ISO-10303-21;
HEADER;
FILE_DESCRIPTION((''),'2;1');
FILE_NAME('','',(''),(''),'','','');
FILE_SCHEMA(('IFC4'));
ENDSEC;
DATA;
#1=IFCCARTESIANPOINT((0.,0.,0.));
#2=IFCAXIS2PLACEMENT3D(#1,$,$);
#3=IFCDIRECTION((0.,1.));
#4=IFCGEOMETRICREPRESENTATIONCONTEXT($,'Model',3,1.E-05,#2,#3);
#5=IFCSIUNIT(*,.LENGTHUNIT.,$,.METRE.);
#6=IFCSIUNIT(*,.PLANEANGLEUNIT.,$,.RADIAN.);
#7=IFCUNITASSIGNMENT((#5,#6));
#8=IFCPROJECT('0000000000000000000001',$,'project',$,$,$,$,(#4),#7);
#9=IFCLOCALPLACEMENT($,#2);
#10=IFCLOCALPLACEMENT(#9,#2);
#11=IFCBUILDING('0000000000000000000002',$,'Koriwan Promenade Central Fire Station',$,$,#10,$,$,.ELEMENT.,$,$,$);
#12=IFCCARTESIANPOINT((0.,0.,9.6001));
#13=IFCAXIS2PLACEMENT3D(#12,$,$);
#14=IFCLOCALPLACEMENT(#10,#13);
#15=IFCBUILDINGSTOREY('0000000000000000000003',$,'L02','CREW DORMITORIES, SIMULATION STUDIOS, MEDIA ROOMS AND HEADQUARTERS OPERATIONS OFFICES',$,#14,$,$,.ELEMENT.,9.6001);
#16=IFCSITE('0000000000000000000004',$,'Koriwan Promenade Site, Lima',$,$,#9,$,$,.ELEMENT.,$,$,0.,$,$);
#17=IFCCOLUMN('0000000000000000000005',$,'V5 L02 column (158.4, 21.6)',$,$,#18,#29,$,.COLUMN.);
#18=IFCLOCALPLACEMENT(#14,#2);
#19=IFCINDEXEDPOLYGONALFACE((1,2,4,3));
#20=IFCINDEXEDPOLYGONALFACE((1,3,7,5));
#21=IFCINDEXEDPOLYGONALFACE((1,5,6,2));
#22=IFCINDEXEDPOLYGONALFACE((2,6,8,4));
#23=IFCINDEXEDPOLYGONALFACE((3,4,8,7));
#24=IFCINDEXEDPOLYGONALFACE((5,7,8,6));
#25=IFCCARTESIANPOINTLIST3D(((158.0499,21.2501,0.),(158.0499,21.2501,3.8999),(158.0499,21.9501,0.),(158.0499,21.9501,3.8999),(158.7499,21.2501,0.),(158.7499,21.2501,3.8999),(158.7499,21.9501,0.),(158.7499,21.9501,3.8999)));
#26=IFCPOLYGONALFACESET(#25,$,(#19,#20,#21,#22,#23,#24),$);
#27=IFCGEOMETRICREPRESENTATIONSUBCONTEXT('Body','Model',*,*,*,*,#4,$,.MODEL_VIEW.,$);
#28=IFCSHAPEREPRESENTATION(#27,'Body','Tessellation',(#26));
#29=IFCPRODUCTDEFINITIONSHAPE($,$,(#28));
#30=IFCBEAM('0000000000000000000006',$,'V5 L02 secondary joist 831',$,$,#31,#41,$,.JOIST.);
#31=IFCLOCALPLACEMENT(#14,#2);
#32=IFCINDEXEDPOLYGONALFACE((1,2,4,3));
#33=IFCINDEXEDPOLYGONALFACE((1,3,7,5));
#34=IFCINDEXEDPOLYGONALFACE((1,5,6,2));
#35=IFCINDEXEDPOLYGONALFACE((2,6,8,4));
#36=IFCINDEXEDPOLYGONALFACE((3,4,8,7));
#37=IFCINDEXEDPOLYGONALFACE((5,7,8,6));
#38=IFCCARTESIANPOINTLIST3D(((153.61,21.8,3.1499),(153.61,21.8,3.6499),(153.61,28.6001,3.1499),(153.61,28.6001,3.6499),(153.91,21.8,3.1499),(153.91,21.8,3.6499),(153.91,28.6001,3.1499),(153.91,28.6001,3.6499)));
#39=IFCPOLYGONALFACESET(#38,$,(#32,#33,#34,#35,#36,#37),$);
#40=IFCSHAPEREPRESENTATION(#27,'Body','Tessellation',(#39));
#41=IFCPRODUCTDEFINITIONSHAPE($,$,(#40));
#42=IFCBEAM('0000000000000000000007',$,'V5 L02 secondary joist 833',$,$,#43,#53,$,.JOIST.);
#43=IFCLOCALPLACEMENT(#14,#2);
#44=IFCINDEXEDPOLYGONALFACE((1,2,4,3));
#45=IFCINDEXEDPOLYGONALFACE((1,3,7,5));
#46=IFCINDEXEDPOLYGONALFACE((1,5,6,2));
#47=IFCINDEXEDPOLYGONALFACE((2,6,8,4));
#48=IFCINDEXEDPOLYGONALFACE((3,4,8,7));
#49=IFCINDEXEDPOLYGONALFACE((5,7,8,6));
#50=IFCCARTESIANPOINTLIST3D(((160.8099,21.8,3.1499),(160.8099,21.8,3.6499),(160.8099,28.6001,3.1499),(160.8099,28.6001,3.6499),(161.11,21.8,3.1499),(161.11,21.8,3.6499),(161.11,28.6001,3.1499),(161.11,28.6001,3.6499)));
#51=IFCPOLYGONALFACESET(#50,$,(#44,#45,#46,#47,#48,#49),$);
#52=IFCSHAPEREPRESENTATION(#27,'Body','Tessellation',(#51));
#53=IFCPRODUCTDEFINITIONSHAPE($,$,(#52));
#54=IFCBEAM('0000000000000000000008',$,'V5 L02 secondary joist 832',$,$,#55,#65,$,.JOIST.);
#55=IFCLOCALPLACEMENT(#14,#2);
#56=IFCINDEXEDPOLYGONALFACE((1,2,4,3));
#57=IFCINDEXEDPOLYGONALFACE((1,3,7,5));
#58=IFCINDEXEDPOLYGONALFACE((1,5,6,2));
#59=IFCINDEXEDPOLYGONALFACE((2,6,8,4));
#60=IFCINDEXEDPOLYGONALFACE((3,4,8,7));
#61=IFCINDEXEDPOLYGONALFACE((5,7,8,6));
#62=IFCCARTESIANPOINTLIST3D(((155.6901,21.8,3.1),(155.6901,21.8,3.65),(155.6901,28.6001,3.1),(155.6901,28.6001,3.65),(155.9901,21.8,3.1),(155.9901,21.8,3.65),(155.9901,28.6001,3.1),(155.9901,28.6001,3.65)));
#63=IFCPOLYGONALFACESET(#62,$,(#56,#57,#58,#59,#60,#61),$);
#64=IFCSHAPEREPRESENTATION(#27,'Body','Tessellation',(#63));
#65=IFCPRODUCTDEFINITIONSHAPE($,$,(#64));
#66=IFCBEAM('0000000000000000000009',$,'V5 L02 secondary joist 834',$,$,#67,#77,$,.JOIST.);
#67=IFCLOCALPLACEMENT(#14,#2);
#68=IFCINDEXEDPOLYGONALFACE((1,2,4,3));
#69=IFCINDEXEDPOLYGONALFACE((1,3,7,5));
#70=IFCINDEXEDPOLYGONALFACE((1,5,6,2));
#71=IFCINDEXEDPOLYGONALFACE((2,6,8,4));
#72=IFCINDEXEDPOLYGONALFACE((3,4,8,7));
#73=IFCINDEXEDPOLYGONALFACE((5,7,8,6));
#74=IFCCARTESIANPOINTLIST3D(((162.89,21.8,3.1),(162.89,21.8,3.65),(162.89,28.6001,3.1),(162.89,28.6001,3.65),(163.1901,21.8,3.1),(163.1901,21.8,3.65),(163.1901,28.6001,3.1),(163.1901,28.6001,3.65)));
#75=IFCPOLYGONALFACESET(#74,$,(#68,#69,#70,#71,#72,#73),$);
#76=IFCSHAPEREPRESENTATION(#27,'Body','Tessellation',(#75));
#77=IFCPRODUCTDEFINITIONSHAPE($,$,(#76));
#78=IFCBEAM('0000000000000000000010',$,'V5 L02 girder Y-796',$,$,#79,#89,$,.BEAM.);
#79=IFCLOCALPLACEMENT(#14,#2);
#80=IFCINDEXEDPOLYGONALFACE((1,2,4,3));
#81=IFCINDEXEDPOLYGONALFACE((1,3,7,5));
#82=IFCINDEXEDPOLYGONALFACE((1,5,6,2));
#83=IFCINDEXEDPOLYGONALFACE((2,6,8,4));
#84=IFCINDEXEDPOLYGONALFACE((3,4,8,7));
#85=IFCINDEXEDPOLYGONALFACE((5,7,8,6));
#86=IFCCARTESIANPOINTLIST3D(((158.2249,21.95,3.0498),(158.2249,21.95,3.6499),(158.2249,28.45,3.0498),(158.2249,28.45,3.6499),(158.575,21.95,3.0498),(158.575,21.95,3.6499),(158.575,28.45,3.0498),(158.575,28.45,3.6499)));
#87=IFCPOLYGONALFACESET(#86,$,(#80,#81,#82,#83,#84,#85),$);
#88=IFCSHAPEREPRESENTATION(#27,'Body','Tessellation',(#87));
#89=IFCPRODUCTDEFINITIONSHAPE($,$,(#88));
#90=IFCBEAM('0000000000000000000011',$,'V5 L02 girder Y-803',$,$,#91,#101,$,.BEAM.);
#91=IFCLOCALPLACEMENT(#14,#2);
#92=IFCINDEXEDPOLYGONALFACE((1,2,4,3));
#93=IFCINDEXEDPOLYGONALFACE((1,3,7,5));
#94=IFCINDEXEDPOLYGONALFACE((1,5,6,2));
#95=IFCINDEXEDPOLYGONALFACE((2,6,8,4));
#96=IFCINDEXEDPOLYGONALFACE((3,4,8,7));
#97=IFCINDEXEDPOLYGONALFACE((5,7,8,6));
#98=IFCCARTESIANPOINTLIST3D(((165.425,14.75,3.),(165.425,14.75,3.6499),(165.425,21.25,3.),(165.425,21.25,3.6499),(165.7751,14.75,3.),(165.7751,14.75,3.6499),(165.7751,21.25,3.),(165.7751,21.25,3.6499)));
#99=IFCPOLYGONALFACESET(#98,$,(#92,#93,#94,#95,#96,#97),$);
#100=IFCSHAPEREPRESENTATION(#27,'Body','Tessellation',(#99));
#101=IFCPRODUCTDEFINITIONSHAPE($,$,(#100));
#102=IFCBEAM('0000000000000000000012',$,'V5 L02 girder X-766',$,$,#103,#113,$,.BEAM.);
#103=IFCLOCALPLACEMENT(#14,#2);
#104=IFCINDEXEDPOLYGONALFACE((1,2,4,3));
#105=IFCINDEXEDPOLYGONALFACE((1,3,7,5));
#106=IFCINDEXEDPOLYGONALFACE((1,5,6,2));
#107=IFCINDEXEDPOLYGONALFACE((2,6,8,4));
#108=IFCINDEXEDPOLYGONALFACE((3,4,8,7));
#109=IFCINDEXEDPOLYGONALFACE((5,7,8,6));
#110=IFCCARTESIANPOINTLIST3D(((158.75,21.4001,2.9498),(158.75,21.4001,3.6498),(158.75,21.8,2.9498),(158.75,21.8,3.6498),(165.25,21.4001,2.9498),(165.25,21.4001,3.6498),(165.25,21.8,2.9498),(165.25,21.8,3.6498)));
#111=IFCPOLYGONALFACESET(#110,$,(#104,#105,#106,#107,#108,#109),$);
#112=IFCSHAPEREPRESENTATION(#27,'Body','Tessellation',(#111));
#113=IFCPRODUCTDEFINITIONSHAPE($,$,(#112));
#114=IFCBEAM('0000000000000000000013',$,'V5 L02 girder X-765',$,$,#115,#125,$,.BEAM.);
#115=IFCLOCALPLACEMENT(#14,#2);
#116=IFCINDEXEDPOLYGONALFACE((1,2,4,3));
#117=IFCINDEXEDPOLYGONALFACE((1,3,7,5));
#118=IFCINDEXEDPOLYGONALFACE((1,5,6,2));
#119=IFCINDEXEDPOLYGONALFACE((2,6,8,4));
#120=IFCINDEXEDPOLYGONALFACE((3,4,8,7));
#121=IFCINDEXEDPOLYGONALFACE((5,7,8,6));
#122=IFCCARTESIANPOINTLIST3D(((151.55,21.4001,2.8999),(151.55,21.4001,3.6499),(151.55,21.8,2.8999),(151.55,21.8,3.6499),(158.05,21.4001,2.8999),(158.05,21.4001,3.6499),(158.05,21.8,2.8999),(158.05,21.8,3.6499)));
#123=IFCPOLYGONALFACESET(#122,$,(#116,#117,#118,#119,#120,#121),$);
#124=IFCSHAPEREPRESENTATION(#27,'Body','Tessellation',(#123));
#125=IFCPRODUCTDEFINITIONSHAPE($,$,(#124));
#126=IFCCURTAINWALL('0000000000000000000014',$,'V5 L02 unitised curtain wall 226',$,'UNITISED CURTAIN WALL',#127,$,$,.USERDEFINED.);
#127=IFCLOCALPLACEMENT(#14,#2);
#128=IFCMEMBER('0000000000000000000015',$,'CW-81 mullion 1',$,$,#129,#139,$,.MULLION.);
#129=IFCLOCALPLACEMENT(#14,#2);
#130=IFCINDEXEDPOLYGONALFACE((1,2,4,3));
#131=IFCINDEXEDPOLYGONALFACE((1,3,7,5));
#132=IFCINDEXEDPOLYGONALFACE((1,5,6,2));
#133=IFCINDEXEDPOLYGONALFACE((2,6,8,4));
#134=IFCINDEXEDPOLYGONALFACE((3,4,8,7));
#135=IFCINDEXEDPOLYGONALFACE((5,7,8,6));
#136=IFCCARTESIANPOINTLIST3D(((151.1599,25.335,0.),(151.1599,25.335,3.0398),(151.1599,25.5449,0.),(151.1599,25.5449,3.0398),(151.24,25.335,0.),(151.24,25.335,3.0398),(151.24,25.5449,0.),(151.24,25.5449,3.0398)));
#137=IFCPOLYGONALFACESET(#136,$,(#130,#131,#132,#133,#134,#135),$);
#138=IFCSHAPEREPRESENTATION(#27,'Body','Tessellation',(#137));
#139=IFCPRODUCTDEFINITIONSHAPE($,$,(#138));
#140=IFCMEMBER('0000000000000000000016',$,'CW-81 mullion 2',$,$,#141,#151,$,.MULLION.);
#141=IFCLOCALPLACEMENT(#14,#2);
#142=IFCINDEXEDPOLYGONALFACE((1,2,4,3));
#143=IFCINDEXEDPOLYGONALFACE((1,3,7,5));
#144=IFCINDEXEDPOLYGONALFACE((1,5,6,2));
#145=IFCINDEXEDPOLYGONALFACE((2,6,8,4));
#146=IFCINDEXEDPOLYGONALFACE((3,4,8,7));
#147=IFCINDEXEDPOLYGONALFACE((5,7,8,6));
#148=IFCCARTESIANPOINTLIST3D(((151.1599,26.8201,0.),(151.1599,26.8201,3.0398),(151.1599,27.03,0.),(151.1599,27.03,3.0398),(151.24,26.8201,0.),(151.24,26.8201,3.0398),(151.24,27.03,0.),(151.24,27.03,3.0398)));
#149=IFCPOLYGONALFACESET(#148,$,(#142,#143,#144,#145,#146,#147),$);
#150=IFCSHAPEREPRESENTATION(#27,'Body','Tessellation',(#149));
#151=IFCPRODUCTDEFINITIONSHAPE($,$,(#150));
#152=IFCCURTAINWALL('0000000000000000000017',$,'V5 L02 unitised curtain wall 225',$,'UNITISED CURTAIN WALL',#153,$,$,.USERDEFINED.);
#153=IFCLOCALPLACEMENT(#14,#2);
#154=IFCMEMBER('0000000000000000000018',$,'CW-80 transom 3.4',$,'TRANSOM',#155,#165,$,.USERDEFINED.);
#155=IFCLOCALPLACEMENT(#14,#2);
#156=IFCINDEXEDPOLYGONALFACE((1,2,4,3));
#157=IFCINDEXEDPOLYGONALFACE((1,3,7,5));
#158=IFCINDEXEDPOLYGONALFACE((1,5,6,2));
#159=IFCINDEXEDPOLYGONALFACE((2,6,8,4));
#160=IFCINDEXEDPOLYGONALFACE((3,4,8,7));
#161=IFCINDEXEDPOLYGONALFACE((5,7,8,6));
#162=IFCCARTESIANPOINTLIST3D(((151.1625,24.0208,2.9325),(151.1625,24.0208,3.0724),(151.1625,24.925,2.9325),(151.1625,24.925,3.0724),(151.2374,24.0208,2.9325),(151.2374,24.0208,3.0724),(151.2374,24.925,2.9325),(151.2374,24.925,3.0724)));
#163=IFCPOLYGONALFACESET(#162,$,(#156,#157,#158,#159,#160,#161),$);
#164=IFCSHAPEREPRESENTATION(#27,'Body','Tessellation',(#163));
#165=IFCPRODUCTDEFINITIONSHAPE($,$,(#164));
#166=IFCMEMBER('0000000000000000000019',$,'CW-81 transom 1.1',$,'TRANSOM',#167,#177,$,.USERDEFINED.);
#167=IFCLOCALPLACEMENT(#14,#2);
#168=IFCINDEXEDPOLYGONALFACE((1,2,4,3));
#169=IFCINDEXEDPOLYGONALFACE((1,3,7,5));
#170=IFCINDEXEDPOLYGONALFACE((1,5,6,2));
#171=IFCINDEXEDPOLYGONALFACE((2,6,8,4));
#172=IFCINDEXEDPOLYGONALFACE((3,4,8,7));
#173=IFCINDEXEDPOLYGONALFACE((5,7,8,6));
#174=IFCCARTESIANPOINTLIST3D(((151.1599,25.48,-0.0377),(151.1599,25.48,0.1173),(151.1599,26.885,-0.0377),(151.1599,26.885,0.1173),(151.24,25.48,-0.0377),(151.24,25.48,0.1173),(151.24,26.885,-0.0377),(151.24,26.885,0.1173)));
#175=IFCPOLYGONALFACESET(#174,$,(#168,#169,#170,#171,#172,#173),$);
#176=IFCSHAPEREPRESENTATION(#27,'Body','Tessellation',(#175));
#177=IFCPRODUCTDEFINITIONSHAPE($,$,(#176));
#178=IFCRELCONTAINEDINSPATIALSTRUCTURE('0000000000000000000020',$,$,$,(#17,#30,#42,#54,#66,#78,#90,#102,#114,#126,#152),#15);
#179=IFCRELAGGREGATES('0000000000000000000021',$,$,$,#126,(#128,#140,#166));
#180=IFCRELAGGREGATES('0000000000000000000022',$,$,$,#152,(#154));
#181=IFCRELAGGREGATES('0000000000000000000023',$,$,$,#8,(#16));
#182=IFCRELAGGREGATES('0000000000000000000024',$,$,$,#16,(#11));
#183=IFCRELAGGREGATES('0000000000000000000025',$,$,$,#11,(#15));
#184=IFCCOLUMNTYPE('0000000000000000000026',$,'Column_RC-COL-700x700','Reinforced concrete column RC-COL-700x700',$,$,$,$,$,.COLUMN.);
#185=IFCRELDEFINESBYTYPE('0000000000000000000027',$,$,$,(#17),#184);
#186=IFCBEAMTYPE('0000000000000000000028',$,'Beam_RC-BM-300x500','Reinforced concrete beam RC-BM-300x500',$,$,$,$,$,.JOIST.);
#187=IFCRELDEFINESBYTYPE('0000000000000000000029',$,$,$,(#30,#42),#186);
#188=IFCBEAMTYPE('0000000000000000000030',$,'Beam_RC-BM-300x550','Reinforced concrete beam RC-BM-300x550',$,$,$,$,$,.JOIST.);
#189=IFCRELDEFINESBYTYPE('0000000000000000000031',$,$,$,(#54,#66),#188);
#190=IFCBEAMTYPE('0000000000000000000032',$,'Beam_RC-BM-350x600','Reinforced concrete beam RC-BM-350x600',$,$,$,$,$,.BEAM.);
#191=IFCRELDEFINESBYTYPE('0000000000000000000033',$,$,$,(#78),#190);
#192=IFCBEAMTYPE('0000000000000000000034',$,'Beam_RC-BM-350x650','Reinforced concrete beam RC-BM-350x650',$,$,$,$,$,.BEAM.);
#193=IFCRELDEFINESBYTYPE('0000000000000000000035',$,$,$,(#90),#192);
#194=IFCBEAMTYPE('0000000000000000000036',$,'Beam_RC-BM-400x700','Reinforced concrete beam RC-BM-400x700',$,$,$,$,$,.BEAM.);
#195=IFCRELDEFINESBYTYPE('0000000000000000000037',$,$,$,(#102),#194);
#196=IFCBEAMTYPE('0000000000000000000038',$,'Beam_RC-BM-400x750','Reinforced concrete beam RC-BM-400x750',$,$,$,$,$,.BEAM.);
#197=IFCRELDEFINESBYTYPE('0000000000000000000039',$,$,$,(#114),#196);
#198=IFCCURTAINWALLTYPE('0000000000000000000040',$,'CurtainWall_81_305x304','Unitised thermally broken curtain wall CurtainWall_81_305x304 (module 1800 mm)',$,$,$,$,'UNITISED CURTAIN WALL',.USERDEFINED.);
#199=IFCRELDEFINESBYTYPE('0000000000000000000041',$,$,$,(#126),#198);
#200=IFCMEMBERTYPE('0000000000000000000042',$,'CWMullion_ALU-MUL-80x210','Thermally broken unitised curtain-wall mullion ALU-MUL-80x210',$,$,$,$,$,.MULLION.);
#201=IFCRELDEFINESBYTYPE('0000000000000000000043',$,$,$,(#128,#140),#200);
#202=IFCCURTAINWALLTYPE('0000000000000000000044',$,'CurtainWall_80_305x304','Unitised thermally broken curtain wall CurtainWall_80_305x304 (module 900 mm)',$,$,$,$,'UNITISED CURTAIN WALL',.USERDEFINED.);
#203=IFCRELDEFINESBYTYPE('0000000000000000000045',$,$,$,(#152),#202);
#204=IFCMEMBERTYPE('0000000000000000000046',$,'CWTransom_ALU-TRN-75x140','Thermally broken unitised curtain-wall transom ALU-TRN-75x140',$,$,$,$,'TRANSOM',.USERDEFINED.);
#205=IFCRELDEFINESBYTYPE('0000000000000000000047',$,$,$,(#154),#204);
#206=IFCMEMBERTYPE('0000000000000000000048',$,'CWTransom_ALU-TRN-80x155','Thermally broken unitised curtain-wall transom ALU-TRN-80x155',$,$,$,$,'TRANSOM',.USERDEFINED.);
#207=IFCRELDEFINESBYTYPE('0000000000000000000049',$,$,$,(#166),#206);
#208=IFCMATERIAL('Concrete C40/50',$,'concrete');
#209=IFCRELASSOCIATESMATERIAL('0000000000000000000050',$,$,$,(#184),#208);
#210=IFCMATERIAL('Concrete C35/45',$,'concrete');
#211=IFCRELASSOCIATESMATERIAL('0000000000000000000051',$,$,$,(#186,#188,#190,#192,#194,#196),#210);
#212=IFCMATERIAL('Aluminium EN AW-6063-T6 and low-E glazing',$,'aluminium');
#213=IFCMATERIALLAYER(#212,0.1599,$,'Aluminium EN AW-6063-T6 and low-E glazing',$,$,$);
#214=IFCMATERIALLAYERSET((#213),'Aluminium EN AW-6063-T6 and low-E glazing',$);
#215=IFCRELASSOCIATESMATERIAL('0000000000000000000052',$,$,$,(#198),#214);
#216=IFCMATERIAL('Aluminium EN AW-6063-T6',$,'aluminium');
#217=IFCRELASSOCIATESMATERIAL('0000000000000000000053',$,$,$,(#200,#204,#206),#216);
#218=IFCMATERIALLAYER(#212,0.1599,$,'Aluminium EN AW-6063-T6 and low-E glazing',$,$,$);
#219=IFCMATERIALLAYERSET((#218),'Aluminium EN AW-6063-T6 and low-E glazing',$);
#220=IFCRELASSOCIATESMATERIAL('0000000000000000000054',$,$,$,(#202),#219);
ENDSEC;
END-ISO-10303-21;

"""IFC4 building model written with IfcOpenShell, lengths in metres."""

from ifc_helpers import new_model, si_unit, direction, frame, origin, origin_2d, place, context, subcontext, project, spatial, rectangle, extrude, material, layer, layer_set, material_profile, profile_set, type_object, element, aggregate, save


model = new_model("IFC4")

# Units and contexts
model_context = context("Model", 3, precision=1e-05, world=origin(), true_north=direction((0.0, 1.0)))
body_context = subcontext(model_context, "Body", "Model", "MODEL_VIEW")
ifc_project = project(units=[si_unit("LENGTHUNIT", "METRE"), si_unit("PLANEANGLEUNIT", "RADIAN")], contexts=[model_context])

# Site, building, storey
site_placement = place(None, origin())
site = spatial("IfcSite", under=ifc_project, at=site_placement, Name="Koriwan Promenade Site, Lima", CompositionType="ELEMENT", RefElevation=0.0)
building_placement = place(site_placement, origin())
building = spatial("IfcBuilding", under=site, at=building_placement, Name="Koriwan Promenade Central Fire Station", CompositionType="ELEMENT")
storey_placement = place(building_placement, frame((0.0, 0.0, 9.6001)))
storey = spatial("IfcBuildingStorey", under=building, at=storey_placement, Name="L02", Description="CREW DORMITORIES, SIMULATION STUDIOS, MEDIA ROOMS AND HEADQUARTERS OPERATIONS OFFICES", CompositionType="ELEMENT", Elevation=9.6001)

# Column
ifc_material_1 = material(Name="Concrete C40/50", Category="concrete")
ifc_material_profile_1 = material_profile(ifc_material_1, rectangle(XDim=0.7, YDim=0.7, at=origin_2d()), Name="RC-COL-700x700")
ifc_profile_set_1 = profile_set([ifc_material_profile_1], Name="Concrete C40/50")
column_type = type_object("IfcColumnType", Name="Column_RC-COL-700x700", Description="Reinforced concrete column RC-COL-700x700", PredefinedType="COLUMN", material=ifc_profile_set_1)
column_placement = place(storey_placement, frame((158.3999, 21.6001, 0.0), z_axis=(0.0, 0.0, 1.0), x_axis=(1.0, 0.0, 0.0)))
element("IfcColumn", 1, at=column_placement, inside=storey, type_object=column_type, Name="V5 L02 column (158.4, 21.6)", PredefinedType="COLUMN", context=body_context, shape_type="SweptSolid", body=[
    extrude(rectangle(XDim=0.7, YDim=0.7, at=origin_2d()), origin(), (0.0, 0.0, 1.0), 3.8999),
])

# Beams
ifc_material_2 = material(Name="Concrete C35/45", Category="concrete")
ifc_material_profile_2 = material_profile(ifc_material_2, rectangle(XDim=0.3, YDim=0.5, at=origin_2d()), Name="RC-BM-300x500")
ifc_profile_set_2 = profile_set([ifc_material_profile_2], Name="Concrete C35/45")
beam_type_1 = type_object("IfcBeamType", Name="Beam_RC-BM-300x500", Description="Reinforced concrete beam RC-BM-300x500", PredefinedType="JOIST", material=ifc_profile_set_2)
for number, where, z_axis, x_axis, name in (
    (2, (153.76, 21.8, 3.3999), (0.0, 1.0, 0.0), (-1.0, 0.0, 0.0), "V5 L02 secondary joist 831"),
    (3, (160.96, 21.8, 3.3999), (0.0, 1.0, 0.0), (-1.0, 0.0, 0.0), "V5 L02 secondary joist 833"),
):
    element("IfcBeam", number, at=place(storey_placement, frame(where, z_axis=z_axis, x_axis=x_axis)), inside=storey, type_object=beam_type_1, Name=name, PredefinedType="JOIST", context=body_context, shape_type="SweptSolid", body=[
        extrude(rectangle(XDim=0.3, YDim=0.5, at=origin_2d()), origin(), (0.0, 0.0, 1.0), 6.8),
    ])
ifc_material_profile_3 = material_profile(ifc_material_2, rectangle(XDim=0.3, YDim=0.55, at=origin_2d()), Name="RC-BM-300x550")
ifc_profile_set_3 = profile_set([ifc_material_profile_3], Name="Concrete C35/45")
beam_type_2 = type_object("IfcBeamType", Name="Beam_RC-BM-300x550", Description="Reinforced concrete beam RC-BM-300x550", PredefinedType="JOIST", material=ifc_profile_set_3)
for number, where, z_axis, x_axis, name in (
    (4, (155.8401, 21.8, 3.375), (0.0, 1.0, 0.0), (-1.0, 0.0, 0.0), "V5 L02 secondary joist 832"),
    (5, (163.04, 21.8, 3.375), (0.0, 1.0, 0.0), (-1.0, 0.0, 0.0), "V5 L02 secondary joist 834"),
):
    element("IfcBeam", number, at=place(storey_placement, frame(where, z_axis=z_axis, x_axis=x_axis)), inside=storey, type_object=beam_type_2, Name=name, PredefinedType="JOIST", context=body_context, shape_type="SweptSolid", body=[
        extrude(rectangle(XDim=0.3, YDim=0.55, at=origin_2d()), origin(), (0.0, 0.0, 1.0), 6.8),
    ])
ifc_material_profile_4 = material_profile(ifc_material_2, rectangle(XDim=0.3501, YDim=0.6001, at=origin_2d()), Name="RC-BM-350x600")
ifc_profile_set_4 = profile_set([ifc_material_profile_4], Name="Concrete C35/45")
beam_type_3 = type_object("IfcBeamType", Name="Beam_RC-BM-350x600", Description="Reinforced concrete beam RC-BM-350x600", PredefinedType="BEAM", material=ifc_profile_set_4)
beam_1_placement = place(storey_placement, frame((158.3999, 21.95, 3.3499), z_axis=(0.0, 1.0, 0.0), x_axis=(-1.0, 0.0, 0.0)))
element("IfcBeam", 6, at=beam_1_placement, inside=storey, type_object=beam_type_3, Name="V5 L02 girder Y-796", PredefinedType="BEAM", context=body_context, shape_type="SweptSolid", body=[
    extrude(rectangle(XDim=0.3501, YDim=0.6001, at=origin_2d()), origin(), (0.0, 0.0, 1.0), 6.5),
])
ifc_material_profile_5 = material_profile(ifc_material_2, rectangle(XDim=0.3501, YDim=0.6499, at=origin_2d()), Name="RC-BM-350x650")
ifc_profile_set_5 = profile_set([ifc_material_profile_5], Name="Concrete C35/45")
beam_type_4 = type_object("IfcBeamType", Name="Beam_RC-BM-350x650", Description="Reinforced concrete beam RC-BM-350x650", PredefinedType="BEAM", material=ifc_profile_set_5)
beam_2_placement = place(storey_placement, frame((165.6001, 14.75, 3.325), z_axis=(0.0, 1.0, 0.0), x_axis=(-1.0, 0.0, 0.0)))
element("IfcBeam", 7, at=beam_2_placement, inside=storey, type_object=beam_type_4, Name="V5 L02 girder Y-803", PredefinedType="BEAM", context=body_context, shape_type="SweptSolid", body=[
    extrude(rectangle(XDim=0.3501, YDim=0.6499, at=origin_2d()), origin(), (0.0, 0.0, 1.0), 6.5),
])
ifc_material_profile_6 = material_profile(ifc_material_2, rectangle(XDim=0.3999, YDim=0.7, at=origin_2d()), Name="RC-BM-400x700")
ifc_profile_set_6 = profile_set([ifc_material_profile_6], Name="Concrete C35/45")
beam_type_5 = type_object("IfcBeamType", Name="Beam_RC-BM-400x700", Description="Reinforced concrete beam RC-BM-400x700", PredefinedType="BEAM", material=ifc_profile_set_6)
beam_3_placement = place(storey_placement, frame((158.75, 21.6001, 3.2998), z_axis=(1.0, 0.0, 0.0), x_axis=(0.0, 1.0, 0.0)))
element("IfcBeam", 8, at=beam_3_placement, inside=storey, type_object=beam_type_5, Name="V5 L02 girder X-766", PredefinedType="BEAM", context=body_context, shape_type="SweptSolid", body=[
    extrude(rectangle(XDim=0.3999, YDim=0.7, at=origin_2d()), origin(), (0.0, 0.0, 1.0), 6.5),
])
ifc_material_profile_7 = material_profile(ifc_material_2, rectangle(XDim=0.3999, YDim=0.75, at=origin_2d()), Name="RC-BM-400x750")
ifc_profile_set_7 = profile_set([ifc_material_profile_7], Name="Concrete C35/45")
beam_type_6 = type_object("IfcBeamType", Name="Beam_RC-BM-400x750", Description="Reinforced concrete beam RC-BM-400x750", PredefinedType="BEAM", material=ifc_profile_set_7)
beam_4_placement = place(storey_placement, frame((151.55, 21.6001, 3.2749), z_axis=(1.0, 0.0, 0.0), x_axis=(0.0, 1.0, 0.0)))
element("IfcBeam", 9, at=beam_4_placement, inside=storey, type_object=beam_type_6, Name="V5 L02 girder X-765", PredefinedType="BEAM", context=body_context, shape_type="SweptSolid", body=[
    extrude(rectangle(XDim=0.3999, YDim=0.75, at=origin_2d()), origin(), (0.0, 0.0, 1.0), 6.5),
])

# Curtain wall, members
ifc_material_3 = material(Name="Aluminium EN AW-6063-T6 and low-E glazing", Category="aluminium")
ifc_layer_1 = layer(ifc_material_3, 0.1599, Name="Aluminium EN AW-6063-T6 and low-E glazing")
ifc_layer_set_1 = layer_set([ifc_layer_1], Name="Aluminium EN AW-6063-T6 and low-E glazing")
curtain_wall_type_1 = type_object("IfcCurtainWallType", Name="CurtainWall_81_305x304", Description="Unitised thermally broken curtain wall CurtainWall_81_305x304 (module 1800 mm)", ElementType="UNITISED CURTAIN WALL", PredefinedType="USERDEFINED", material=ifc_layer_set_1)
curtain_wall_1_placement = place(storey_placement, origin())
curtain_wall_1 = element("IfcCurtainWall", 10, at=curtain_wall_1_placement, inside=storey, type_object=curtain_wall_type_1, Name="V5 L02 unitised curtain wall 226", ObjectType="UNITISED CURTAIN WALL", PredefinedType="USERDEFINED")
ifc_material_4 = material(Name="Aluminium EN AW-6063-T6", Category="aluminium")
ifc_material_profile_8 = material_profile(ifc_material_4, rectangle(XDim=0.0801, YDim=0.21, at=origin_2d()), Name="ALU-MUL-80x210")
ifc_profile_set_8 = profile_set([ifc_material_profile_8], Name="Aluminium EN AW-6063-T6")
member_type_1 = type_object("IfcMemberType", Name="CWMullion_ALU-MUL-80x210", Description="Thermally broken unitised curtain-wall mullion ALU-MUL-80x210", PredefinedType="MULLION", material=ifc_profile_set_8)
member_1_placement = place(storey_placement, frame((151.2, 25.4399, 0.0), z_axis=(0.0, 0.0, 1.0), x_axis=(-1.0, 0.0, 0.0)))
member_1 = element("IfcMember", 11, at=member_1_placement, type_object=member_type_1, Name="CW-81 mullion 1", PredefinedType="MULLION", context=body_context, shape_type="SweptSolid", body=[
    extrude(rectangle(XDim=0.0801, YDim=0.21, at=origin_2d()), origin(), (0.0, 0.0, 1.0), 3.0398),
])
member_2_placement = place(storey_placement, frame((151.2, 26.925, 0.0), z_axis=(0.0, 0.0, 1.0), x_axis=(-1.0, 0.0, 0.0)))
member_2 = element("IfcMember", 12, at=member_2_placement, type_object=member_type_1, Name="CW-81 mullion 2", PredefinedType="MULLION", context=body_context, shape_type="SweptSolid", body=[
    extrude(rectangle(XDim=0.0801, YDim=0.21, at=origin_2d()), origin(), (0.0, 0.0, 1.0), 3.0398),
])

# Curtain wall, member
ifc_layer_2 = layer(ifc_material_3, 0.1599, Name="Aluminium EN AW-6063-T6 and low-E glazing")
ifc_layer_set_2 = layer_set([ifc_layer_2], Name="Aluminium EN AW-6063-T6 and low-E glazing")
curtain_wall_type_2 = type_object("IfcCurtainWallType", Name="CurtainWall_80_305x304", Description="Unitised thermally broken curtain wall CurtainWall_80_305x304 (module 900 mm)", ElementType="UNITISED CURTAIN WALL", PredefinedType="USERDEFINED", material=ifc_layer_set_2)
curtain_wall_2_placement = place(storey_placement, origin())
curtain_wall_2 = element("IfcCurtainWall", 13, at=curtain_wall_2_placement, inside=storey, type_object=curtain_wall_type_2, Name="V5 L02 unitised curtain wall 225", ObjectType="UNITISED CURTAIN WALL", PredefinedType="USERDEFINED")
ifc_material_profile_9 = material_profile(ifc_material_4, rectangle(XDim=0.075, YDim=0.1399, at=origin_2d()), Name="ALU-TRN-75x140")
ifc_profile_set_9 = profile_set([ifc_material_profile_9], Name="Aluminium EN AW-6063-T6")
member_type_2 = type_object("IfcMemberType", Name="CWTransom_ALU-TRN-75x140", Description="Thermally broken unitised curtain-wall transom ALU-TRN-75x140", ElementType="TRANSOM", PredefinedType="USERDEFINED", material=ifc_profile_set_9)
member_3_placement = place(storey_placement, frame((151.2, 24.0208, 3.0024), z_axis=(0.0, 1.0, 0.0), x_axis=(-1.0, 0.0, 0.0)))
member_3 = element("IfcMember", 14, at=member_3_placement, type_object=member_type_2, Name="CW-80 transom 3.4", ObjectType="TRANSOM", PredefinedType="USERDEFINED", context=body_context, shape_type="SweptSolid", body=[
    extrude(rectangle(XDim=0.075, YDim=0.1399, at=origin_2d()), origin(), (0.0, 0.0, 1.0), 0.9043),
])

# Member
ifc_material_profile_10 = material_profile(ifc_material_4, rectangle(XDim=0.0801, YDim=0.155, at=origin_2d()), Name="ALU-TRN-80x155")
ifc_profile_set_10 = profile_set([ifc_material_profile_10], Name="Aluminium EN AW-6063-T6")
member_type_3 = type_object("IfcMemberType", Name="CWTransom_ALU-TRN-80x155", Description="Thermally broken unitised curtain-wall transom ALU-TRN-80x155", ElementType="TRANSOM", PredefinedType="USERDEFINED", material=ifc_profile_set_10)
member_4_placement = place(storey_placement, frame((151.2, 25.48, 0.0398), z_axis=(0.0, 1.0, 0.0), x_axis=(-1.0, 0.0, 0.0)))
member_4 = element("IfcMember", 15, at=member_4_placement, type_object=member_type_3, Name="CW-81 transom 1.1", ObjectType="TRANSOM", PredefinedType="USERDEFINED", context=body_context, shape_type="SweptSolid", body=[
    extrude(rectangle(XDim=0.0801, YDim=0.155, at=origin_2d()), origin(), (0.0, 0.0, 1.0), 1.405),
])

aggregate(curtain_wall_1, [member_1, member_2, member_4])
aggregate(curtain_wall_2, [member_3])

save(model, "model.ifc")
